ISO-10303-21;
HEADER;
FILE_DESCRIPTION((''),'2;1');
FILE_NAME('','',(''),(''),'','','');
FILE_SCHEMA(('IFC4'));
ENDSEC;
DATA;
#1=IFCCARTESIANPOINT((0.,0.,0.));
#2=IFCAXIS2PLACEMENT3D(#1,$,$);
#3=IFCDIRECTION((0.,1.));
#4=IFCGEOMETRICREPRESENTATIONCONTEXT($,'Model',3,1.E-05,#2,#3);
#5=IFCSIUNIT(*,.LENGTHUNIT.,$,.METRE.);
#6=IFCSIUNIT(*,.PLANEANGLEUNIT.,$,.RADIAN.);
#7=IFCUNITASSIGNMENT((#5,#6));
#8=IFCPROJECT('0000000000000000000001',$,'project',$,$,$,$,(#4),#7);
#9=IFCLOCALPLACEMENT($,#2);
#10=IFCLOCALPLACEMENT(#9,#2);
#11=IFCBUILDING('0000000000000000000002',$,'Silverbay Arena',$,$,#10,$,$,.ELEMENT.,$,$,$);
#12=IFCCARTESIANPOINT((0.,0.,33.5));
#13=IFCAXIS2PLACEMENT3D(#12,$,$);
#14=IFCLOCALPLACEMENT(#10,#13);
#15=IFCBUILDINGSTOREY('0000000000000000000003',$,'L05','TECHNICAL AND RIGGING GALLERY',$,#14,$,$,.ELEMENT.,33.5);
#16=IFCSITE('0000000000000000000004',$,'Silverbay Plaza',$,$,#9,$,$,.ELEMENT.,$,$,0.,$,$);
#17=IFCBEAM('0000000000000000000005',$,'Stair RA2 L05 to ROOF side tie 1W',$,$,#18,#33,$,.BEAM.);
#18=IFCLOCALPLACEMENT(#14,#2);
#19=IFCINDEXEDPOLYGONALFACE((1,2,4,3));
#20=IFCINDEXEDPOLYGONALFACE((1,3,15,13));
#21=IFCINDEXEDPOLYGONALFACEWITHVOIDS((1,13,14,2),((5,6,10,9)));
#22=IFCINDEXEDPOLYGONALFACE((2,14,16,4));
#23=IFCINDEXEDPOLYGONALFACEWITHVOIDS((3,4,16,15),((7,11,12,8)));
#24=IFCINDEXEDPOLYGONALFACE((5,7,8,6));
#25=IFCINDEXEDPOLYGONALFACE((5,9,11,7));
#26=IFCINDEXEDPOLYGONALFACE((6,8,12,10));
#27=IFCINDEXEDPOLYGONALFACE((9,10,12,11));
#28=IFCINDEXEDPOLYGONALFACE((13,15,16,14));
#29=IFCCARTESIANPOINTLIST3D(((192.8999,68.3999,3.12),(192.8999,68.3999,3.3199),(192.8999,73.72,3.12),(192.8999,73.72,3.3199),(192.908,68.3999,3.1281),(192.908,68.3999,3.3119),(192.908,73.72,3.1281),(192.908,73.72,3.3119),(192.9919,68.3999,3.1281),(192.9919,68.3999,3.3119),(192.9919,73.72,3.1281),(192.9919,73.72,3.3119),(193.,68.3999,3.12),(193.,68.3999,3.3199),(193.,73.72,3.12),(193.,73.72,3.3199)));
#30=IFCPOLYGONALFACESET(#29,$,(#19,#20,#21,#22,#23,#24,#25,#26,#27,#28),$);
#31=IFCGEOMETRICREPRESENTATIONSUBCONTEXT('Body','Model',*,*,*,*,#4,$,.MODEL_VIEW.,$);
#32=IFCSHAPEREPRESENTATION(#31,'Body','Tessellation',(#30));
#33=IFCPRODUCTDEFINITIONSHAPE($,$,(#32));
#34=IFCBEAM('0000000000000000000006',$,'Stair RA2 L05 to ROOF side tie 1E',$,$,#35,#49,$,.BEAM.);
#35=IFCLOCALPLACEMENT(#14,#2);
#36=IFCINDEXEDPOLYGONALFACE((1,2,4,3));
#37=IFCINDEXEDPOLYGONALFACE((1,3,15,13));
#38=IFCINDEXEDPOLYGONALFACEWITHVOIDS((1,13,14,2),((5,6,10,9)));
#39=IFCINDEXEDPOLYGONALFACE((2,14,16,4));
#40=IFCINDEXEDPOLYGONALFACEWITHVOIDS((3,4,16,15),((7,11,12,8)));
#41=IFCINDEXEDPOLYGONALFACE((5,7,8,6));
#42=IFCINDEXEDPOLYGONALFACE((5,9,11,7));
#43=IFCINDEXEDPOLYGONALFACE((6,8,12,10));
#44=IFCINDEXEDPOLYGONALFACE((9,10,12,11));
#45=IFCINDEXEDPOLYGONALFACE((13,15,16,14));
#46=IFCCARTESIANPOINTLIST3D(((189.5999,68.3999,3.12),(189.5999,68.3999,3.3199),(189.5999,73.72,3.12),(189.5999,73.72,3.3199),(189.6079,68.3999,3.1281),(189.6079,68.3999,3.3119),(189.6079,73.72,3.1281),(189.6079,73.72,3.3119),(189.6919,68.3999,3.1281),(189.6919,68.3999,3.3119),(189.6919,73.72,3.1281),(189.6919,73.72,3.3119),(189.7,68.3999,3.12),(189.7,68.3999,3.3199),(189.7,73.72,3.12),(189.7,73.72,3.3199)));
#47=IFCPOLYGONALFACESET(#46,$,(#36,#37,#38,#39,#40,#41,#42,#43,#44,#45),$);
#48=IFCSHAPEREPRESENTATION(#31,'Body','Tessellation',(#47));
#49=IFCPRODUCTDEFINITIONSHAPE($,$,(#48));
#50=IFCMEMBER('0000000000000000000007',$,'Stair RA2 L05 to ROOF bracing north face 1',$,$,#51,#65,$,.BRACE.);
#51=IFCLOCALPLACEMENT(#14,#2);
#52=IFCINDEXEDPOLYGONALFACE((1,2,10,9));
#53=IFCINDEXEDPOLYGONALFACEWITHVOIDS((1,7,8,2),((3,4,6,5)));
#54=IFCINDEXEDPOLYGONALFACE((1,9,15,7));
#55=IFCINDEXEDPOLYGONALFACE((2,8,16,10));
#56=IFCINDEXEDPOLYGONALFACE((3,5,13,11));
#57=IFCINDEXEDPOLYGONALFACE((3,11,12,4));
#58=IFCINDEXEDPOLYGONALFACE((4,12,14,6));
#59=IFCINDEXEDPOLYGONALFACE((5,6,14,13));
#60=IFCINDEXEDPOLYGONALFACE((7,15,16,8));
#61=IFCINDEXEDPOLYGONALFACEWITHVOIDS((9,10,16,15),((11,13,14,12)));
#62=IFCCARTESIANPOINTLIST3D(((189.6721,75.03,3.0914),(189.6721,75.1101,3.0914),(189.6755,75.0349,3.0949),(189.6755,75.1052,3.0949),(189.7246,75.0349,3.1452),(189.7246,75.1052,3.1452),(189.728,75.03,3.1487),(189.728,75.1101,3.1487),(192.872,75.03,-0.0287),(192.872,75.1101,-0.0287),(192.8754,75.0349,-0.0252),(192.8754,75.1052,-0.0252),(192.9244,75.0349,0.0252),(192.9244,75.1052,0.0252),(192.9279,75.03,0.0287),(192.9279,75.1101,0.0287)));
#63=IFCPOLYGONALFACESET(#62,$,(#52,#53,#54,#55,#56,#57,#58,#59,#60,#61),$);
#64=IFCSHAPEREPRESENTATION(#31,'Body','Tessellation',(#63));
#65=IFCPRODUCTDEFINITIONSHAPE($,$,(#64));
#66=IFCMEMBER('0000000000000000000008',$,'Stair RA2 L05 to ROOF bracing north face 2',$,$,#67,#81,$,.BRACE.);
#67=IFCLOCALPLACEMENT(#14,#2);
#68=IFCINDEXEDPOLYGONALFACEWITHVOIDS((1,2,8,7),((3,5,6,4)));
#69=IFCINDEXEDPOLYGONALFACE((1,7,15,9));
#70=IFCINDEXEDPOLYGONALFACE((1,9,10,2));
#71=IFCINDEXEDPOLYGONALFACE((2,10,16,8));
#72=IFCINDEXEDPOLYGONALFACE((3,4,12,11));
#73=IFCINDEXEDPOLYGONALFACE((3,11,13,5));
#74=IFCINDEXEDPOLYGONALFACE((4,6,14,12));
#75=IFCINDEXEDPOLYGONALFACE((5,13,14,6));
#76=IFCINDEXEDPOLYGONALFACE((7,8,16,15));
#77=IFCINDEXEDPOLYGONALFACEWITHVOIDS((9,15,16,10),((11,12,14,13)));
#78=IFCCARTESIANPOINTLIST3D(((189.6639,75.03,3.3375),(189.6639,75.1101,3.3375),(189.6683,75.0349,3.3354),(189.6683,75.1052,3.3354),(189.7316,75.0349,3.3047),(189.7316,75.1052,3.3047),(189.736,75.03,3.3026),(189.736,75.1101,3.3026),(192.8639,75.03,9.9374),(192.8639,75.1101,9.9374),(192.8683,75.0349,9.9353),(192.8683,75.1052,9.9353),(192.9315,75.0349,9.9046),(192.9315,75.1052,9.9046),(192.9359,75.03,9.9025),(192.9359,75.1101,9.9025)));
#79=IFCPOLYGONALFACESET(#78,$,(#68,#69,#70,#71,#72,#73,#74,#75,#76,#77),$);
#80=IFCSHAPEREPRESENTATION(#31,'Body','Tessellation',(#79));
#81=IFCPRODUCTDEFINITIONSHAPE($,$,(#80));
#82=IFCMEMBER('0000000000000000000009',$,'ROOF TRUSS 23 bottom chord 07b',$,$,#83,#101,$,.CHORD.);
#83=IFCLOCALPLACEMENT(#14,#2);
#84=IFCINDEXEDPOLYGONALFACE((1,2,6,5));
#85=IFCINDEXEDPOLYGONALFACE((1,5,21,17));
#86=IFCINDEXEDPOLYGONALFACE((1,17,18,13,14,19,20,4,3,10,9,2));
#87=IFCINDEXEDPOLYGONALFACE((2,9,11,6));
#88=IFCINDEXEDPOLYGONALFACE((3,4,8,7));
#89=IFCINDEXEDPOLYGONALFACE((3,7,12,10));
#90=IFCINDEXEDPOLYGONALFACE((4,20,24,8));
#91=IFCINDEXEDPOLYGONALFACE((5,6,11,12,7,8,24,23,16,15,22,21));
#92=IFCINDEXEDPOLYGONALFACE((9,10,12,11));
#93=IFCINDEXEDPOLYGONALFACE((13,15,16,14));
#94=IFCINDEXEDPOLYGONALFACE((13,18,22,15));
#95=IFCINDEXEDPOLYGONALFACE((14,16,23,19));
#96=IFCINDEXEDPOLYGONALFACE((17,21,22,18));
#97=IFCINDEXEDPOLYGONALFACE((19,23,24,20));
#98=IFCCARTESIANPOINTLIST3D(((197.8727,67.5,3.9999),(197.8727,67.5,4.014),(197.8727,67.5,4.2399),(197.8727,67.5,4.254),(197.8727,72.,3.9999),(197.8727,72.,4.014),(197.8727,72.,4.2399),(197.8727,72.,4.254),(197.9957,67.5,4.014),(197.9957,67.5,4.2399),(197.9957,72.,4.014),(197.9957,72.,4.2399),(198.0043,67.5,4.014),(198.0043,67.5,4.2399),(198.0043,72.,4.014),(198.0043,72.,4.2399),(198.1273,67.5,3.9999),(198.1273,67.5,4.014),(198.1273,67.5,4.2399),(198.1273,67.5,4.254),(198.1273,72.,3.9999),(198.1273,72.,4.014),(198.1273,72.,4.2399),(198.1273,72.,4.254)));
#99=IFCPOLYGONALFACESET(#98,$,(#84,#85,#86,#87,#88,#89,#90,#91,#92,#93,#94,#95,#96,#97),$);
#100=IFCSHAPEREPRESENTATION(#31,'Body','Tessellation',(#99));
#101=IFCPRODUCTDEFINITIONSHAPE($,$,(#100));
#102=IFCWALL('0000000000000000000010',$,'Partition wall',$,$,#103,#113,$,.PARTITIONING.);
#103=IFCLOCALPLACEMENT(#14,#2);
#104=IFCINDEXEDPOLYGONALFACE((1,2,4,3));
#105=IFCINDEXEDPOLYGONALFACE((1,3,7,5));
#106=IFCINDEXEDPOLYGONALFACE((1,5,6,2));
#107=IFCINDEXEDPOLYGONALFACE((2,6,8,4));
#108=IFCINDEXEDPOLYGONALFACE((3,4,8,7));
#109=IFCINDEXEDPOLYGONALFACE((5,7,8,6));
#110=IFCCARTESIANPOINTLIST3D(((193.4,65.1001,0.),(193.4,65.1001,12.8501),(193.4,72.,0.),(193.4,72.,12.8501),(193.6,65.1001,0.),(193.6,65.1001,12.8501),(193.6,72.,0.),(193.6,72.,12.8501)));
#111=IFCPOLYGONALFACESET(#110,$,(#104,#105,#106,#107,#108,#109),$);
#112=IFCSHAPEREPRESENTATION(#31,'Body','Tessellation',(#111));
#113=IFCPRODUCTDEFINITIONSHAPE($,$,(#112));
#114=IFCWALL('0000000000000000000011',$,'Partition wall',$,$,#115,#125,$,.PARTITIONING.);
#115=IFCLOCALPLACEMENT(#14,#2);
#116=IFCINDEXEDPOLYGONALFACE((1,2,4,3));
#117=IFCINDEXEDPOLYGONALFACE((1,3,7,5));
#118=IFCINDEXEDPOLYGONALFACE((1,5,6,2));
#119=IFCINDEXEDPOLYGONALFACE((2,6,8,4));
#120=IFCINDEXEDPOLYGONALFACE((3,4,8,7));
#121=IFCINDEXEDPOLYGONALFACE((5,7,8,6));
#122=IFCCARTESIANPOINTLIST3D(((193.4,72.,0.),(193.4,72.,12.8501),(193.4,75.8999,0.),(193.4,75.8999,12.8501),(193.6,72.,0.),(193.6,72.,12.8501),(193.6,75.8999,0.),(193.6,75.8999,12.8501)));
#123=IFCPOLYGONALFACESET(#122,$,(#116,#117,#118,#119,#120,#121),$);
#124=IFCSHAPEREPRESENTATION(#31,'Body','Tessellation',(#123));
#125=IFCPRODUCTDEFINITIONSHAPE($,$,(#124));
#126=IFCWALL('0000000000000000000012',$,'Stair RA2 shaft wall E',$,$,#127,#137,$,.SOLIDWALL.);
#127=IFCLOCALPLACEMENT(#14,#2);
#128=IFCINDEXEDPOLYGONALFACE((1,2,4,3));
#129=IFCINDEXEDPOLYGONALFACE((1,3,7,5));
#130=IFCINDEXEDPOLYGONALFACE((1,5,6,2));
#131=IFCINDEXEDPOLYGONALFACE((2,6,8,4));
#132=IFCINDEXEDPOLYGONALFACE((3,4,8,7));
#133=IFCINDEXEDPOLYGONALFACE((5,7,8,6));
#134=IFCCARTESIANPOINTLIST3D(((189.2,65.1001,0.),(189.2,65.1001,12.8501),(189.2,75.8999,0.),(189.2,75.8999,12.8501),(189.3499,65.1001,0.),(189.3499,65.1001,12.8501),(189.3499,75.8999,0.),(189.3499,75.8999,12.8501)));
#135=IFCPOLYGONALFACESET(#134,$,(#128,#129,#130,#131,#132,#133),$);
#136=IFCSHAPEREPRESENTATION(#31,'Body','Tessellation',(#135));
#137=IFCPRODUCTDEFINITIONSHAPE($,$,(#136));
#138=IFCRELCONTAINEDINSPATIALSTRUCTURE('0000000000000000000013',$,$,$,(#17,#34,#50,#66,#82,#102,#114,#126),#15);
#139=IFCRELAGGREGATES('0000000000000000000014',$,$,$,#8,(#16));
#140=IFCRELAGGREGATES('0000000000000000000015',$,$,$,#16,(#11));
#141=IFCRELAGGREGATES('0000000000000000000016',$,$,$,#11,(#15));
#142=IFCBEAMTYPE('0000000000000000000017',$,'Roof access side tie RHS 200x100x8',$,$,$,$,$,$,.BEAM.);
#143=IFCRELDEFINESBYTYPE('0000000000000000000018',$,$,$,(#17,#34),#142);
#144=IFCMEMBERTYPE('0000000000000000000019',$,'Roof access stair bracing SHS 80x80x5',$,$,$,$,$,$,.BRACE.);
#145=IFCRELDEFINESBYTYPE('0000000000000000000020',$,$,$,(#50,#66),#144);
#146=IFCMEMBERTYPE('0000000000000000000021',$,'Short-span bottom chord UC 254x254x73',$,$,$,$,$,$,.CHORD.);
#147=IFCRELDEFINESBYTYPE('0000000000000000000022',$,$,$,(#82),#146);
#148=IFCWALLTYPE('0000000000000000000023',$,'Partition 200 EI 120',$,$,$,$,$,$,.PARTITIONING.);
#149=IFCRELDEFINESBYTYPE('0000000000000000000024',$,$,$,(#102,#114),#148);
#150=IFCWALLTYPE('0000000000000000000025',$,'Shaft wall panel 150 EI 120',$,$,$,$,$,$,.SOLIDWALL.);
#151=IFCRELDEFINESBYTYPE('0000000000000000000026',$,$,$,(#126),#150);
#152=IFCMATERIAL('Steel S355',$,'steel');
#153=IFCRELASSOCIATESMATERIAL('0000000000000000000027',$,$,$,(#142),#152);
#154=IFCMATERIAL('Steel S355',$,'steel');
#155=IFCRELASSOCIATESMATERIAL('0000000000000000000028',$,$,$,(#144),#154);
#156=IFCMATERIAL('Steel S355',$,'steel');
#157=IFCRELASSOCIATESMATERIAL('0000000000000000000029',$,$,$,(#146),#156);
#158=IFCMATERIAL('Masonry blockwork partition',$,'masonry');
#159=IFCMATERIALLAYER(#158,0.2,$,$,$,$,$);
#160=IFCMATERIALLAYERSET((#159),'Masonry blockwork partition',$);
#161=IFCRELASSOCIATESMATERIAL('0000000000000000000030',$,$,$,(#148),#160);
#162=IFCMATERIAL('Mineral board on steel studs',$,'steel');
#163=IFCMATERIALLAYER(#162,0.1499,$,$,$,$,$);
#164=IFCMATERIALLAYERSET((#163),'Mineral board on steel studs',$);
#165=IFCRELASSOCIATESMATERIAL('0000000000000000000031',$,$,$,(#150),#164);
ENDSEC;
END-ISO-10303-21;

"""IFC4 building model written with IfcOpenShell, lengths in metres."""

from ifc_helpers import new_model, si_unit, direction, frame, frame_2d, origin, origin_2d, place, context, subcontext, project, spatial, rectangle, hollow_rectangle, i_section, extrude, material, layer, layer_set, material_profile, profile_set, type_object, element, save


model = new_model("IFC4")

# Units and contexts
model_context = context("Model", 3, precision=1e-05, world=origin(), true_north=direction((0.0, 1.0)))
body_context = subcontext(model_context, "Body", "Model", "MODEL_VIEW")
ifc_project = project(units=[si_unit("LENGTHUNIT", "METRE"), si_unit("PLANEANGLEUNIT", "RADIAN")], contexts=[model_context])

# Site, building, storey
site_placement = place(None, origin())
site = spatial("IfcSite", under=ifc_project, at=site_placement, Name="Silverbay Plaza", CompositionType="ELEMENT", RefElevation=0.0)
building_placement = place(site_placement, origin())
building = spatial("IfcBuilding", under=site, at=building_placement, Name="Silverbay Arena", CompositionType="ELEMENT")
storey_placement = place(building_placement, frame((0.0, 0.0, 33.5)))
storey = spatial("IfcBuildingStorey", under=building, at=storey_placement, Name="L05", Description="TECHNICAL AND RIGGING GALLERY", CompositionType="ELEMENT", Elevation=33.5)

# Beams
ifc_material_1 = material(Name="Steel S355", Category="steel")
ifc_material_profile_1 = material_profile(ifc_material_1, hollow_rectangle(XDim=0.1001, YDim=0.2, WallThickness=0.0081, at=origin_2d()), Name="RHS 200x100x8")
ifc_profile_set_1 = profile_set([ifc_material_profile_1], Name="Steel S355")
beam_type_1 = type_object("IfcBeamType", Name="Roof access side tie RHS 200x100x8", PredefinedType="BEAM", material=ifc_profile_set_1)
for number, where, z_axis, x_axis, name in (
    (1, (192.95, 68.3999, 3.22), (0.0, 1.0, 0.0), (-1.0, 0.0, 0.0), "Stair RA2 L05 to ROOF side tie 1W"),
    (2, (189.6499, 68.3999, 3.22), (0.0, 1.0, 0.0), (-1.0, 0.0, 0.0), "Stair RA2 L05 to ROOF side tie 1E"),
):
    element("IfcBeam", number, at=place(storey_placement, frame(where, z_axis=z_axis, x_axis=x_axis)), inside=storey, type_object=beam_type_1, Name=name, PredefinedType="BEAM", context=body_context, shape_type="SweptSolid", body=[
        extrude(hollow_rectangle(XDim=0.1001, YDim=0.2, WallThickness=0.0081, at=origin_2d()), origin(), (0.0, 0.0, 1.0), 5.3201),
    ])

# Members
ifc_material_2 = material(Name="Steel S355", Category="steel")
ifc_material_profile_2 = material_profile(ifc_material_2, hollow_rectangle(XDim=0.0801, YDim=0.0801, WallThickness=0.0049, at=origin_2d()), Name="SHS 80x80x5")
ifc_profile_set_2 = profile_set([ifc_material_profile_2], Name="Steel S355")
member_type_1 = type_object("IfcMemberType", Name="Roof access stair bracing SHS 80x80x5", PredefinedType="BRACE", material=ifc_profile_set_2)
member_1_placement = place(storey_placement, frame((192.8999, 75.0701, 0.0), z_axis=(-0.715982, 0.0, 0.698119), x_axis=(0.0, -1.0, 0.0)))
element("IfcMember", 3, at=member_1_placement, inside=storey, type_object=member_type_1, Name="Stair RA2 L05 to ROOF bracing north face 1", PredefinedType="BRACE", context=body_context, shape_type="SweptSolid", body=[
    extrude(hollow_rectangle(XDim=0.0801, YDim=0.0801, WallThickness=0.0049, at=origin_2d()), origin(), (0.0, 0.0, 1.0), 4.4692),
])
member_2_placement = place(storey_placement, frame((189.7, 75.0701, 3.3201), z_axis=(0.436276, 0.0, 0.899813), x_axis=(0.0, 1.0, 0.0)))
element("IfcMember", 4, at=member_2_placement, inside=storey, type_object=member_type_1, Name="Stair RA2 L05 to ROOF bracing north face 2", PredefinedType="BRACE", context=body_context, shape_type="SweptSolid", body=[
    extrude(hollow_rectangle(XDim=0.0801, YDim=0.0801, WallThickness=0.0049, at=origin_2d()), origin(), (0.0, 0.0, 1.0), 7.3347),
])
ifc_material_3 = material(Name="Steel S355", Category="steel")
ifc_material_profile_3 = material_profile(ifc_material_3, i_section(OverallWidth=0.2546, OverallDepth=0.2542, WebThickness=0.0085, FlangeThickness=0.0142, at=origin_2d()), Name="UC 254x254x73")
ifc_profile_set_3 = profile_set([ifc_material_profile_3], Name="Steel S355")
member_type_2 = type_object("IfcMemberType", Name="Short-span bottom chord UC 254x254x73", PredefinedType="CHORD", material=ifc_profile_set_3)
member_3_placement = place(storey_placement, frame((198.0, 67.5, 4.127), z_axis=(0.0, 1.0, 0.0), x_axis=(-1.0, 0.0, 0.0)))
element("IfcMember", 5, at=member_3_placement, inside=storey, type_object=member_type_2, Name="ROOF TRUSS 23 bottom chord 07b", PredefinedType="CHORD", context=body_context, shape_type="SweptSolid", body=[
    extrude(i_section(OverallWidth=0.2546, OverallDepth=0.2542, WebThickness=0.0085, FlangeThickness=0.0142, at=origin_2d()), origin(), (0.0, 0.0, 1.0), 4.5),
])

# Walls
ifc_material_4 = material(Name="Masonry blockwork partition", Category="masonry")
ifc_layer_1 = layer(ifc_material_4, 0.2)
ifc_layer_set_1 = layer_set([ifc_layer_1], Name="Masonry blockwork partition")
wall_type_1 = type_object("IfcWallType", Name="Partition 200 EI 120", PredefinedType="PARTITIONING", material=ifc_layer_set_1)
wall_1_placement = place(storey_placement, frame((193.5, 65.1001, 0.0), z_axis=(0.0, 0.0, 1.0), x_axis=(0.0, 1.0, 0.0)))
element("IfcWall", 6, at=wall_1_placement, inside=storey, type_object=wall_type_1, Name="Partition wall", PredefinedType="PARTITIONING", context=body_context, shape_type="SweptSolid", body=[
    extrude(rectangle(XDim=6.8999, YDim=0.2, at=frame_2d((3.45, 0.0))), origin(), (0.0, 0.0, 1.0), 12.8501),
])
wall_2_placement = place(storey_placement, frame((193.5, 72.0, 0.0), z_axis=(0.0, 0.0, 1.0), x_axis=(0.0, 1.0, 0.0)))
element("IfcWall", 7, at=wall_2_placement, inside=storey, type_object=wall_type_1, Name="Partition wall", PredefinedType="PARTITIONING", context=body_context, shape_type="SweptSolid", body=[
    extrude(rectangle(XDim=3.8999, YDim=0.2, at=frame_2d((1.95, 0.0))), origin(), (0.0, 0.0, 1.0), 12.8501),
])
ifc_material_5 = material(Name="Mineral board on steel studs", Category="steel")
ifc_layer_2 = layer(ifc_material_5, 0.1499)
ifc_layer_set_2 = layer_set([ifc_layer_2], Name="Mineral board on steel studs")
wall_type_2 = type_object("IfcWallType", Name="Shaft wall panel 150 EI 120", PredefinedType="SOLIDWALL", material=ifc_layer_set_2)
wall_3_placement = place(storey_placement, frame((189.2749, 65.1001, 0.0), z_axis=(0.0, 0.0, 1.0), x_axis=(0.0, 1.0, 0.0)))
element("IfcWall", 8, at=wall_3_placement, inside=storey, type_object=wall_type_2, Name="Stair RA2 shaft wall E", PredefinedType="SOLIDWALL", context=body_context, shape_type="SweptSolid", body=[
    extrude(rectangle(XDim=10.7998, YDim=0.1499, at=frame_2d((5.3999, 0.0))), origin(), (0.0, 0.0, 1.0), 12.8501),
])

save(model, "model.ifc")
